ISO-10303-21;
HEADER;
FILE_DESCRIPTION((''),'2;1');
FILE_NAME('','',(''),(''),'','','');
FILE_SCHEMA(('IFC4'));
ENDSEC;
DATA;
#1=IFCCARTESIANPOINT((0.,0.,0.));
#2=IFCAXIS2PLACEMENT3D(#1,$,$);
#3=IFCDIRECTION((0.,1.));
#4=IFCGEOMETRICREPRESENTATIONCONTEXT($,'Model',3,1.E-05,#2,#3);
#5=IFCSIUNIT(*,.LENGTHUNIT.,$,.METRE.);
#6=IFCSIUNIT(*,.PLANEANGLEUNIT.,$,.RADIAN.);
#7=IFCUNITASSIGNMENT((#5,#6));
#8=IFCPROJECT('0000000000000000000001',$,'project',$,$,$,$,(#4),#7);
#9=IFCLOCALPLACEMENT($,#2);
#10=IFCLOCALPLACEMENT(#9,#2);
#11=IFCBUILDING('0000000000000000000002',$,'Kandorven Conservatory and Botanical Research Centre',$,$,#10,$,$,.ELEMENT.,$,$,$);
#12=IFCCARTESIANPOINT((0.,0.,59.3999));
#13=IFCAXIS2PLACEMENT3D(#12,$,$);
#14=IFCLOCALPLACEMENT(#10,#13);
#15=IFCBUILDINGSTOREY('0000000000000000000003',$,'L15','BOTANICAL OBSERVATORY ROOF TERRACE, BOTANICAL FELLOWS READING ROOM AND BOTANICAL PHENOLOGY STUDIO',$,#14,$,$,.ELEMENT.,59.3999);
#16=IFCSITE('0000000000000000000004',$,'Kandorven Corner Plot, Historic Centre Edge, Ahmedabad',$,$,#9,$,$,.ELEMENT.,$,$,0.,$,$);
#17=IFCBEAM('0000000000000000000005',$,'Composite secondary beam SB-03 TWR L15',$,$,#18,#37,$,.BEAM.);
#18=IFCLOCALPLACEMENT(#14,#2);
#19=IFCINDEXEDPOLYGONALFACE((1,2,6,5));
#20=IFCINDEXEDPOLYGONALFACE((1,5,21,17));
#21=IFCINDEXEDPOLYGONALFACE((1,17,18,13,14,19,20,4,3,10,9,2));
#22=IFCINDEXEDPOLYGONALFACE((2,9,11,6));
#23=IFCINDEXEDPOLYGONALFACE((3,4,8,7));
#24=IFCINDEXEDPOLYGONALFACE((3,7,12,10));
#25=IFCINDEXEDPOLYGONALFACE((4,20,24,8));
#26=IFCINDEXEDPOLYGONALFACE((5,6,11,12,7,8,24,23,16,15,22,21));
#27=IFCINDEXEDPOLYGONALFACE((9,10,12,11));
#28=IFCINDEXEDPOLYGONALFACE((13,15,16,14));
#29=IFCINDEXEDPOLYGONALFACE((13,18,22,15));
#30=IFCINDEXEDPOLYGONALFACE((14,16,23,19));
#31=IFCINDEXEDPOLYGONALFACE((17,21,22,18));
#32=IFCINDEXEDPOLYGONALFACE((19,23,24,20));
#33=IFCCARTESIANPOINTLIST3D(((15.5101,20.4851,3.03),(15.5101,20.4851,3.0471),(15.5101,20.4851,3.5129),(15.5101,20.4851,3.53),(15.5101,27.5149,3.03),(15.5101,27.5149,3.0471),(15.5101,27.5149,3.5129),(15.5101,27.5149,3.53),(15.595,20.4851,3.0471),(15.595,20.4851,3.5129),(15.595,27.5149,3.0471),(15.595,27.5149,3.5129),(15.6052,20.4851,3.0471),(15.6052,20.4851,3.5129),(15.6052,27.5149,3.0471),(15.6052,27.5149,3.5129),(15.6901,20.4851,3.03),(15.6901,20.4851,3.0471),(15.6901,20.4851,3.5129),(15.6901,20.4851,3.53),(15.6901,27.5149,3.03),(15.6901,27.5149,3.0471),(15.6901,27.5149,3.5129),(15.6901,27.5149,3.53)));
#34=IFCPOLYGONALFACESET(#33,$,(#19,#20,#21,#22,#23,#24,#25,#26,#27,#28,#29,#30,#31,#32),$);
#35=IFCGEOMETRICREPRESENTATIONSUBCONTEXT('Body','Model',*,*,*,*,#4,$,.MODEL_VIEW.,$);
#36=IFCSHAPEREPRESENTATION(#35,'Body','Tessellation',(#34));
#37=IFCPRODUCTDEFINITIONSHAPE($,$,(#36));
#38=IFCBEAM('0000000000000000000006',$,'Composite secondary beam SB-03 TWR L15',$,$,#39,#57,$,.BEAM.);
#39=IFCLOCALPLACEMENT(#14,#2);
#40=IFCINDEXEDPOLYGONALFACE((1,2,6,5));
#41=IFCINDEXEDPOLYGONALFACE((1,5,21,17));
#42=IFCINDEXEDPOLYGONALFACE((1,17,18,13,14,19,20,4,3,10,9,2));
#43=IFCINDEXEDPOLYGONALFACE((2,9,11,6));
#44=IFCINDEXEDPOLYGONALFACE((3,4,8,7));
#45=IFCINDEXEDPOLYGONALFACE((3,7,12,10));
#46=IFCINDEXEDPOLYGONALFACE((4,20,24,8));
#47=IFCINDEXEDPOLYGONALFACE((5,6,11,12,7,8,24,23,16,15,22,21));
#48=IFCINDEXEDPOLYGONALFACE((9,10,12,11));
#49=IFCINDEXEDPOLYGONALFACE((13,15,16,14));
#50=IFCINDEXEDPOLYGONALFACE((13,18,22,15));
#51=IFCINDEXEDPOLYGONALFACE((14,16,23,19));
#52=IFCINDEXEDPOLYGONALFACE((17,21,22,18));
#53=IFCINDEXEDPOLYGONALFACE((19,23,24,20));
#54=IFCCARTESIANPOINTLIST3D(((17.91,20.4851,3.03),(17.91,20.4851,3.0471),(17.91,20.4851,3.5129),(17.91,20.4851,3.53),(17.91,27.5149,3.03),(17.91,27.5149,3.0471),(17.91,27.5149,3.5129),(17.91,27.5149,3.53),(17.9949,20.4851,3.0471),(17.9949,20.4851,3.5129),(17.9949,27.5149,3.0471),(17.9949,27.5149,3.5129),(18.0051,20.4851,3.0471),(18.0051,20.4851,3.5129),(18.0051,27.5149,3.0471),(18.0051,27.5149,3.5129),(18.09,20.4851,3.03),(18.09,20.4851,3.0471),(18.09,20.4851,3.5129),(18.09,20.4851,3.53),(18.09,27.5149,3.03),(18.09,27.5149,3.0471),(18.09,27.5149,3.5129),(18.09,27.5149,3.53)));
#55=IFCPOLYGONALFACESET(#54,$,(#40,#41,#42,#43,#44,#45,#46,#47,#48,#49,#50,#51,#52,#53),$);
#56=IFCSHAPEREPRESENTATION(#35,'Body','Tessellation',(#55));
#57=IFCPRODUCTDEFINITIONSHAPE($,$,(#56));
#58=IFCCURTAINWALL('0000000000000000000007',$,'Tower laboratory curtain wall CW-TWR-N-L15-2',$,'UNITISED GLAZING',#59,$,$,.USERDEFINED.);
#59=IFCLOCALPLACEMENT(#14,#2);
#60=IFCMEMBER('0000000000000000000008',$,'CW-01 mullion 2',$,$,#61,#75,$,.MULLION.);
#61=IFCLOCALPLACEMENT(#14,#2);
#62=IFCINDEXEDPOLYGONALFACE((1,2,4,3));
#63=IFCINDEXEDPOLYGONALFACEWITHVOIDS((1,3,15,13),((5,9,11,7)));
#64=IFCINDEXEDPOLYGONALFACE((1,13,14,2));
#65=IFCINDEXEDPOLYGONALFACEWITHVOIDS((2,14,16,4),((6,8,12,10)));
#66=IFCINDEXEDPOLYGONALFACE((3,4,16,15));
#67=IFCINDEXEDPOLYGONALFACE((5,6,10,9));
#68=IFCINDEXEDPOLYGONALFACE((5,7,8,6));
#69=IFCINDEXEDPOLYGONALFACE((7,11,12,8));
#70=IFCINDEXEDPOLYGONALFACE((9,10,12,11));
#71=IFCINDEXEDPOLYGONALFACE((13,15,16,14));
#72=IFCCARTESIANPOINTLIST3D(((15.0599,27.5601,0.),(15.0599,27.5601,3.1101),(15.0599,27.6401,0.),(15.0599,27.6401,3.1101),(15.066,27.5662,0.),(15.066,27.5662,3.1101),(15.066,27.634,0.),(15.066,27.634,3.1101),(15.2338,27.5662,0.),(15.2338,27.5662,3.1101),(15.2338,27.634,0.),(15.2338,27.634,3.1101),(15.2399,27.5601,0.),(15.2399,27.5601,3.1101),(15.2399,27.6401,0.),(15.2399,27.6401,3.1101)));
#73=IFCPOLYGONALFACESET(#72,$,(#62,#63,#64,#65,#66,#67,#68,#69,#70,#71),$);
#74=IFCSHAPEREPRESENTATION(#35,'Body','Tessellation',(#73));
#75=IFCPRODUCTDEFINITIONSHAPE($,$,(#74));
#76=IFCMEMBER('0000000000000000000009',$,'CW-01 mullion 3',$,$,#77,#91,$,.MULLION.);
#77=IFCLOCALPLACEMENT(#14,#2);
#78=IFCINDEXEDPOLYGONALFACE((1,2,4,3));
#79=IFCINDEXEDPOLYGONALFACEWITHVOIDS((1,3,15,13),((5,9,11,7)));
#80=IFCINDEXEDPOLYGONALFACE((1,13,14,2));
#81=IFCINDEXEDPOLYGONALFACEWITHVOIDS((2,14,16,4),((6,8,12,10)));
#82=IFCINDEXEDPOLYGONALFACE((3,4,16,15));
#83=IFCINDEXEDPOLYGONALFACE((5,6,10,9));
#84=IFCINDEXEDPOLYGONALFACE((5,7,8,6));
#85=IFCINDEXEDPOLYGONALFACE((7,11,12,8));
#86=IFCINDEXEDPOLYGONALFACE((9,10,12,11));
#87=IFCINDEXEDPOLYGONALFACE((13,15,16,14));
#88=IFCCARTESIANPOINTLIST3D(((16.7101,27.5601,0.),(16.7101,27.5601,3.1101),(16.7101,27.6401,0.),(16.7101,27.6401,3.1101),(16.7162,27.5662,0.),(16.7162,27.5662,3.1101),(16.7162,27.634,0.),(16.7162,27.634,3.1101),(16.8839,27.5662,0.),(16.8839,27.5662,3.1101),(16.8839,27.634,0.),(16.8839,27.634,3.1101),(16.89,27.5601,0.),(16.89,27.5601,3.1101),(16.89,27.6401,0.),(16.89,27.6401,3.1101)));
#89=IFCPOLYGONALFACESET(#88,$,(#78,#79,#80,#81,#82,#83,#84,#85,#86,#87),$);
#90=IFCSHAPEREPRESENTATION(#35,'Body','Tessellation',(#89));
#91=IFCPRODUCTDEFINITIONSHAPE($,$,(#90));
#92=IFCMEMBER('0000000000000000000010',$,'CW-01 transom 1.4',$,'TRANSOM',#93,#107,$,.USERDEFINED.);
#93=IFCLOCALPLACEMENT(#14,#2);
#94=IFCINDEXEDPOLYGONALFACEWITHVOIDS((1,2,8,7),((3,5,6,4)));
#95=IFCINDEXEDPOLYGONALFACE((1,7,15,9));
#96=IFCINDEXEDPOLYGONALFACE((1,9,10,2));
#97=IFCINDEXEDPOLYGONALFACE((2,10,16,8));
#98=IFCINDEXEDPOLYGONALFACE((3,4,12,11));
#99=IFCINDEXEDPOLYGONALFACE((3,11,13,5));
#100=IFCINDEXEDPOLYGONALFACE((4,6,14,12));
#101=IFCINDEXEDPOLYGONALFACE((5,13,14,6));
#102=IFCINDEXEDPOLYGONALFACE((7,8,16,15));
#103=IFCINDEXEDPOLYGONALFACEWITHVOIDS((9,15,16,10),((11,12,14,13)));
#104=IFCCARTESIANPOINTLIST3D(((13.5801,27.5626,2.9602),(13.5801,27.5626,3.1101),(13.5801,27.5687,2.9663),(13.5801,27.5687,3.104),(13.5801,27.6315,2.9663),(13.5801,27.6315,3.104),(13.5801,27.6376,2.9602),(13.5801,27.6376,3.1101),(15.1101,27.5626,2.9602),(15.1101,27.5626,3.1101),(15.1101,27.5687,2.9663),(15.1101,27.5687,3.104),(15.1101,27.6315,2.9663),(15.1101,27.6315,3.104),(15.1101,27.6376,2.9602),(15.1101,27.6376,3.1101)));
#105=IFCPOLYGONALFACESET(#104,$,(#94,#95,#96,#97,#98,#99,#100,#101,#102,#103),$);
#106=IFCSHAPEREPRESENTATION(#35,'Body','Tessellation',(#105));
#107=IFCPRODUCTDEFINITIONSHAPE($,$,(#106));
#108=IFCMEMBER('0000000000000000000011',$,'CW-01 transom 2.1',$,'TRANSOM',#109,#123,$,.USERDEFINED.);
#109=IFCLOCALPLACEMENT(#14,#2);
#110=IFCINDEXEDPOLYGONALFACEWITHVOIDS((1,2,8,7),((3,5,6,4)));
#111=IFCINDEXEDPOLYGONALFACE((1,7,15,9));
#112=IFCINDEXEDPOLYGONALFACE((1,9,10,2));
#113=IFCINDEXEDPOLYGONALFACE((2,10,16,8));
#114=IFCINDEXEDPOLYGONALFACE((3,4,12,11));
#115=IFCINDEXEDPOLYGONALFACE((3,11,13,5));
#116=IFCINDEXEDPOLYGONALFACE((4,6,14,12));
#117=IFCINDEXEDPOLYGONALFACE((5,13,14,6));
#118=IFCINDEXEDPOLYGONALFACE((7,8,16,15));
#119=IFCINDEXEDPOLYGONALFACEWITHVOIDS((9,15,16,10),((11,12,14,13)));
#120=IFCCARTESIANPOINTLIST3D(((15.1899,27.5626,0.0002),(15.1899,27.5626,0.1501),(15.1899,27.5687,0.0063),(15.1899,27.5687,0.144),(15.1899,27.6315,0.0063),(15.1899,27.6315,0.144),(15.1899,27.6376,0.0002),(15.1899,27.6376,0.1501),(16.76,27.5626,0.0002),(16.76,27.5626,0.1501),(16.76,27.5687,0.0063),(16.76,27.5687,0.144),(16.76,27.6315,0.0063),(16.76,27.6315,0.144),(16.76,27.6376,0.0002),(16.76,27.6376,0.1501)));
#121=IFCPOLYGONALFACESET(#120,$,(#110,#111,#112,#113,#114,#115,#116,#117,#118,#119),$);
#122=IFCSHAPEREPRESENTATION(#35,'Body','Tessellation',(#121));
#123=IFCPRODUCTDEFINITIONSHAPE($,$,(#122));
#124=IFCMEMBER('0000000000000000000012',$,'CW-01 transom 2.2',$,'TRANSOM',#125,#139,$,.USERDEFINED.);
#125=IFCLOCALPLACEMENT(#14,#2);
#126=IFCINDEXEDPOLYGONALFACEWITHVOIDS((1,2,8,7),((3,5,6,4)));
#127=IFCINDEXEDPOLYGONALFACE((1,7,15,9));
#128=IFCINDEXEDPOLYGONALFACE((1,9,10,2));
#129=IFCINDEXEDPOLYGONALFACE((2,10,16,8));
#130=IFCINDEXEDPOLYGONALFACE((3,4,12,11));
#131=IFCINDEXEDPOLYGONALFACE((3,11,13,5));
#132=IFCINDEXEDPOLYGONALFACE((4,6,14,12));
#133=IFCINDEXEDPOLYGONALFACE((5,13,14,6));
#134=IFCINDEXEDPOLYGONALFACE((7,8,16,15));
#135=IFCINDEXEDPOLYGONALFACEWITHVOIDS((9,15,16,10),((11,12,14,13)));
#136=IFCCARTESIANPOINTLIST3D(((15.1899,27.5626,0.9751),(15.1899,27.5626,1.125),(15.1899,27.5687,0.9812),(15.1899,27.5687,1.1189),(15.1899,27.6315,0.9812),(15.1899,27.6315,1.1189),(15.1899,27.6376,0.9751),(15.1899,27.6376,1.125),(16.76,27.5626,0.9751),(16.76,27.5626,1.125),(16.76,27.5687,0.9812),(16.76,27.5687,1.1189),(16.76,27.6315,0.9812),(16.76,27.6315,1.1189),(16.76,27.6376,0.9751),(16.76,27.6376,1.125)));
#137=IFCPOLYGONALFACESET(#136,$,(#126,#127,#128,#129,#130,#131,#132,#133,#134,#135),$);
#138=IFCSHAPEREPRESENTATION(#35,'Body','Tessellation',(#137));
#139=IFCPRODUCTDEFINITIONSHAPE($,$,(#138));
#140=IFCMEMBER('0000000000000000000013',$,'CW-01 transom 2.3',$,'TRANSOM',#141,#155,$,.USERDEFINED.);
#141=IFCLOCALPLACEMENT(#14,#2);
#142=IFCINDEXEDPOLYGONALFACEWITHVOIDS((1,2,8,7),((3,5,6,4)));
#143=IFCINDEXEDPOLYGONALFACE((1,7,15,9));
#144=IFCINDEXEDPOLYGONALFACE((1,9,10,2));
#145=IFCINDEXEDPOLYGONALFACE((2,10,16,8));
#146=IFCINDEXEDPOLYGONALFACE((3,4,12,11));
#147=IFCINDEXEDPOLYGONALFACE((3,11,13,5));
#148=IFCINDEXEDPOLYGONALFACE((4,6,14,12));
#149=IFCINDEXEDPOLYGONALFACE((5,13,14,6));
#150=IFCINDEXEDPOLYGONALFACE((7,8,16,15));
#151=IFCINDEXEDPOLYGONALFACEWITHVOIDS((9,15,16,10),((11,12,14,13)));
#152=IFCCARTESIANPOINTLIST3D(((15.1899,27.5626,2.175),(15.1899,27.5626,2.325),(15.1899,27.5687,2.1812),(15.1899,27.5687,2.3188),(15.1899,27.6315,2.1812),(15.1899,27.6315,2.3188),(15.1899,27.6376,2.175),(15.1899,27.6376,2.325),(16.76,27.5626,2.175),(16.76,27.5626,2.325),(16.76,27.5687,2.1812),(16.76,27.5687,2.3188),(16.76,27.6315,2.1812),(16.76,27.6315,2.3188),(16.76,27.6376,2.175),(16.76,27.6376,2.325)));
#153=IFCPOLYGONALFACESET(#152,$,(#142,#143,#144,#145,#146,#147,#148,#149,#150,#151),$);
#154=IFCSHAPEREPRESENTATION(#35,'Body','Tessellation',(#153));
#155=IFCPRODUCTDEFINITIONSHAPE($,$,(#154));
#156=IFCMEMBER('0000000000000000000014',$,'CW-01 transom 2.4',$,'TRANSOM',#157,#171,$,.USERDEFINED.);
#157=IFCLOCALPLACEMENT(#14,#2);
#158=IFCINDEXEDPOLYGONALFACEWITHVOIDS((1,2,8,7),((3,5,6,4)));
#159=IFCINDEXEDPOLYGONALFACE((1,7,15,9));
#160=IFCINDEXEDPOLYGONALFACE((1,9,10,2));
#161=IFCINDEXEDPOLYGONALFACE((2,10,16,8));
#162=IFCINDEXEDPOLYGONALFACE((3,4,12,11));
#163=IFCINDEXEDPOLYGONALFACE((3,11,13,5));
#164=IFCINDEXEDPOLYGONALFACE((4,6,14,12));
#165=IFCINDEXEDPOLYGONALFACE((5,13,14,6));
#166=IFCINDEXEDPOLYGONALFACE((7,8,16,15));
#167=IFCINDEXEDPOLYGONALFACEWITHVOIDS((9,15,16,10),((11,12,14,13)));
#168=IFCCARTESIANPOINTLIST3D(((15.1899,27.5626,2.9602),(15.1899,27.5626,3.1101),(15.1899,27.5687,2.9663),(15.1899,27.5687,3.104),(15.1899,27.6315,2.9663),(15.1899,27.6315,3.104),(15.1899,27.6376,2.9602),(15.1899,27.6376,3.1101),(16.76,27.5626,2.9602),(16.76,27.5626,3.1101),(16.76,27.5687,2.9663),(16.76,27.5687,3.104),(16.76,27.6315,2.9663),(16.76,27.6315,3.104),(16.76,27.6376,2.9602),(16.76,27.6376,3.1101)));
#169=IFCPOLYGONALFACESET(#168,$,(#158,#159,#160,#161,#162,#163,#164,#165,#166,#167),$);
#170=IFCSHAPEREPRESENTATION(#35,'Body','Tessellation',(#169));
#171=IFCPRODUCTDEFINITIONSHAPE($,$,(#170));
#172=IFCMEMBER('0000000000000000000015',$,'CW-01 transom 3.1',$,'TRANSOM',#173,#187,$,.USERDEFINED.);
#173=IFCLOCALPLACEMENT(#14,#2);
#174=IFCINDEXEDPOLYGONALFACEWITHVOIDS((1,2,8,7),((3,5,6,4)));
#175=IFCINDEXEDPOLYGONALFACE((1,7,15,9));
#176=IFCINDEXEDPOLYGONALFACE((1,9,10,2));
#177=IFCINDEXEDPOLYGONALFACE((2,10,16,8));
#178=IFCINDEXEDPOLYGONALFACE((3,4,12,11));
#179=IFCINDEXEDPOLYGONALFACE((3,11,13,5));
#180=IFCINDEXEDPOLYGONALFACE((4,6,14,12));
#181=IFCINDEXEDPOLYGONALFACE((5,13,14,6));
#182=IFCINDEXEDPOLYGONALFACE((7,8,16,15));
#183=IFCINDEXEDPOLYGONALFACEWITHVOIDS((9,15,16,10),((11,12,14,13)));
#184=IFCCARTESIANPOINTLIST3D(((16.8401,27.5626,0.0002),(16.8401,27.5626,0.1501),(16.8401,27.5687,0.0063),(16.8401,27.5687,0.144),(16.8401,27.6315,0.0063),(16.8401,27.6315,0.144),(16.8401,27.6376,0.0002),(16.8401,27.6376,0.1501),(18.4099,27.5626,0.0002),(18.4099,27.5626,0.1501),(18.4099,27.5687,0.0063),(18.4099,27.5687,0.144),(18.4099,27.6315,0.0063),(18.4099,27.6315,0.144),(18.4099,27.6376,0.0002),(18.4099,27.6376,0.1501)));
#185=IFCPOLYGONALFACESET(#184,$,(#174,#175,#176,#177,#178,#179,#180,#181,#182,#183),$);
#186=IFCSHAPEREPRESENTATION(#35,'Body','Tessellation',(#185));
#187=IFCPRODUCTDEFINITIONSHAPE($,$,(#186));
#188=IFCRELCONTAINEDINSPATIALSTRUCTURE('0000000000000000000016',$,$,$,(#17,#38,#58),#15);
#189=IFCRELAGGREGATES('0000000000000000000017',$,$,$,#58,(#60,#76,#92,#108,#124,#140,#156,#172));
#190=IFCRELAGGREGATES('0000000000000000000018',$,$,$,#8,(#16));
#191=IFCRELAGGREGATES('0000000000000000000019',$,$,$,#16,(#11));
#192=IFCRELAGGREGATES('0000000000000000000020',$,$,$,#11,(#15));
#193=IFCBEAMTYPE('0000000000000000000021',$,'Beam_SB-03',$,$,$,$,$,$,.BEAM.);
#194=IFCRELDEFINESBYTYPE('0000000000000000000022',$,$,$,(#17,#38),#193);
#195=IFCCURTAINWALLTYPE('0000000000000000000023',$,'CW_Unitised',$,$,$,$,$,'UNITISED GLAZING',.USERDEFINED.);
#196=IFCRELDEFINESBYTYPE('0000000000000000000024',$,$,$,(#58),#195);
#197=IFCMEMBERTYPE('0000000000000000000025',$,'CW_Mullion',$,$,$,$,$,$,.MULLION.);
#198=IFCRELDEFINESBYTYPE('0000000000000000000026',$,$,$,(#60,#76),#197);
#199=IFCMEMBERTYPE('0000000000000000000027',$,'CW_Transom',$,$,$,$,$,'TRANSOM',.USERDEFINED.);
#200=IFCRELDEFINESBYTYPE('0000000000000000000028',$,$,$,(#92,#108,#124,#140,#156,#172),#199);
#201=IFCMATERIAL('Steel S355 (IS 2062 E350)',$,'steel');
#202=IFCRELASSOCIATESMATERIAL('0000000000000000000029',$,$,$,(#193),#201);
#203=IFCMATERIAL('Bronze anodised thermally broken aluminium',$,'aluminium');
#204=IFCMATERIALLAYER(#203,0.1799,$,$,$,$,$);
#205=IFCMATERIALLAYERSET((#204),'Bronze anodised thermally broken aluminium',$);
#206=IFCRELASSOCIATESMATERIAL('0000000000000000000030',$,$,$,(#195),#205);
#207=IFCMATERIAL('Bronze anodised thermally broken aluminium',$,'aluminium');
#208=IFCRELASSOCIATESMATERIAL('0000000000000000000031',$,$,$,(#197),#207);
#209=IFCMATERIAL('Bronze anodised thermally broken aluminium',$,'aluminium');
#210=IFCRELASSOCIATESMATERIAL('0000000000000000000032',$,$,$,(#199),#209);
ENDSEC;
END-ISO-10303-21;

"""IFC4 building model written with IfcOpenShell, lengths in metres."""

from ifc_helpers import new_model, si_unit, direction, frame, origin, origin_2d, place, context, subcontext, project, spatial, hollow_rectangle, i_section, extrude, material, layer, layer_set, material_profile, profile_set, type_object, element, aggregate, save


model = new_model("IFC4")

# Units and contexts
model_context = context("Model", 3, precision=1e-05, world=origin(), true_north=direction((0.0, 1.0)))
body_context = subcontext(model_context, "Body", "Model", "MODEL_VIEW")
ifc_project = project(units=[si_unit("LENGTHUNIT", "METRE"), si_unit("PLANEANGLEUNIT", "RADIAN")], contexts=[model_context])

# Site, building, storey
site_placement = place(None, origin())
site = spatial("IfcSite", under=ifc_project, at=site_placement, Name="Kandorven Corner Plot, Historic Centre Edge, Ahmedabad", CompositionType="ELEMENT", RefElevation=0.0)
building_placement = place(site_placement, origin())
building = spatial("IfcBuilding", under=site, at=building_placement, Name="Kandorven Conservatory and Botanical Research Centre", CompositionType="ELEMENT")
storey_placement = place(building_placement, frame((0.0, 0.0, 59.3999)))
storey = spatial("IfcBuildingStorey", under=building, at=storey_placement, Name="L15", Description="BOTANICAL OBSERVATORY ROOF TERRACE, BOTANICAL FELLOWS READING ROOM AND BOTANICAL PHENOLOGY STUDIO", CompositionType="ELEMENT", Elevation=59.3999)

# Beams
ifc_material_1 = material(Name="Steel S355 (IS 2062 E350)", Category="steel")
ifc_material_profile_1 = material_profile(ifc_material_1, i_section(OverallWidth=0.1799, OverallDepth=0.5, WebThickness=0.0103, FlangeThickness=0.0171, at=origin_2d()))
ifc_profile_set_1 = profile_set([ifc_material_profile_1], Name="Steel S355 (IS 2062 E350)")
beam_type = type_object("IfcBeamType", Name="Beam_SB-03", PredefinedType="BEAM", material=ifc_profile_set_1)
for number, where, z_axis, x_axis, name in (
    (1, (15.6001, 20.4851, 3.28), (0.0, 1.0, 0.0), (-1.0, 0.0, 0.0), "Composite secondary beam SB-03 TWR L15"),
    (2, (18.0, 20.4851, 3.28), (0.0, 1.0, 0.0), (-1.0, 0.0, 0.0), "Composite secondary beam SB-03 TWR L15"),
):
    element("IfcBeam", number, at=place(storey_placement, frame(where, z_axis=z_axis, x_axis=x_axis)), inside=storey, type_object=beam_type, Name=name, PredefinedType="BEAM", context=body_context, shape_type="SweptSolid", body=[
        extrude(i_section(OverallWidth=0.1799, OverallDepth=0.5, WebThickness=0.0103, FlangeThickness=0.0171, at=origin_2d()), origin(), (0.0, 0.0, 1.0), 7.0298),
    ])

# Curtain wall, members
ifc_material_2 = material(Name="Bronze anodised thermally broken aluminium", Category="aluminium")
ifc_layer_1 = layer(ifc_material_2, 0.1799)
ifc_layer_set_1 = layer_set([ifc_layer_1], Name="Bronze anodised thermally broken aluminium")
curtain_wall_type = type_object("IfcCurtainWallType", Name="CW_Unitised", ElementType="UNITISED GLAZING", PredefinedType="USERDEFINED", material=ifc_layer_set_1)
curtain_wall_placement = place(storey_placement, origin())
curtain_wall = element("IfcCurtainWall", 3, at=curtain_wall_placement, inside=storey, type_object=curtain_wall_type, Name="Tower laboratory curtain wall CW-TWR-N-L15-2", ObjectType="UNITISED GLAZING", PredefinedType="USERDEFINED")
ifc_material_3 = material(Name="Bronze anodised thermally broken aluminium", Category="aluminium")
ifc_material_profile_2 = material_profile(ifc_material_3, hollow_rectangle(XDim=0.0801, YDim=0.1799, WallThickness=0.0061, at=origin_2d()))
ifc_profile_set_2 = profile_set([ifc_material_profile_2], Name="Bronze anodised thermally broken aluminium")
member_type_1 = type_object("IfcMemberType", Name="CW_Mullion", PredefinedType="MULLION", material=ifc_profile_set_2)
member_1_placement = place(storey_placement, frame((15.1499, 27.6001, 0.0), z_axis=(0.0, 0.0, 1.0), x_axis=(0.0, 1.0, 0.0)))
member_1 = element("IfcMember", 4, at=member_1_placement, type_object=member_type_1, Name="CW-01 mullion 2", PredefinedType="MULLION", context=body_context, shape_type="SweptSolid", body=[
    extrude(hollow_rectangle(XDim=0.0801, YDim=0.1799, WallThickness=0.0061, at=origin_2d()), origin(), (0.0, 0.0, 1.0), 3.1101),
])
member_2_placement = place(storey_placement, frame((16.8, 27.6001, 0.0), z_axis=(0.0, 0.0, 1.0), x_axis=(0.0, 1.0, 0.0)))
member_2 = element("IfcMember", 5, at=member_2_placement, type_object=member_type_1, Name="CW-01 mullion 3", PredefinedType="MULLION", context=body_context, shape_type="SweptSolid", body=[
    extrude(hollow_rectangle(XDim=0.0801, YDim=0.1799, WallThickness=0.0061, at=origin_2d()), origin(), (0.0, 0.0, 1.0), 3.1101),
])
ifc_material_4 = material(Name="Bronze anodised thermally broken aluminium", Category="aluminium")
ifc_material_profile_3 = material_profile(ifc_material_4, hollow_rectangle(XDim=0.075, YDim=0.1499, WallThickness=0.0061, at=origin_2d()))
ifc_profile_set_3 = profile_set([ifc_material_profile_3], Name="Bronze anodised thermally broken aluminium")
member_type_2 = type_object("IfcMemberType", Name="CW_Transom", ElementType="TRANSOM", PredefinedType="USERDEFINED", material=ifc_profile_set_3)
member_3_placement = place(storey_placement, frame((13.5801, 27.6001, 3.0352), z_axis=(1.0, 0.0, 0.0), x_axis=(0.0, 1.0, 0.0)))
member_3 = element("IfcMember", 6, at=member_3_placement, type_object=member_type_2, Name="CW-01 transom 1.4", ObjectType="TRANSOM", PredefinedType="USERDEFINED", context=body_context, shape_type="SweptSolid", body=[
    extrude(hollow_rectangle(XDim=0.075, YDim=0.1499, WallThickness=0.0061, at=origin_2d()), origin(), (0.0, 0.0, 1.0), 1.53),
])
member_4_placement = place(storey_placement, frame((15.1899, 27.6001, 0.0752), z_axis=(1.0, 0.0, 0.0), x_axis=(0.0, 1.0, 0.0)))
member_4 = element("IfcMember", 7, at=member_4_placement, type_object=member_type_2, Name="CW-01 transom 2.1", ObjectType="TRANSOM", PredefinedType="USERDEFINED", context=body_context, shape_type="SweptSolid", body=[
    extrude(hollow_rectangle(XDim=0.075, YDim=0.1499, WallThickness=0.0061, at=origin_2d()), origin(), (0.0, 0.0, 1.0), 1.5701),
])
member_5_placement = place(storey_placement, frame((15.1899, 27.6001, 1.05), z_axis=(1.0, 0.0, 0.0), x_axis=(0.0, 1.0, 0.0)))
member_5 = element("IfcMember", 8, at=member_5_placement, type_object=member_type_2, Name="CW-01 transom 2.2", ObjectType="TRANSOM", PredefinedType="USERDEFINED", context=body_context, shape_type="SweptSolid", body=[
    extrude(hollow_rectangle(XDim=0.075, YDim=0.1499, WallThickness=0.0061, at=origin_2d()), origin(), (0.0, 0.0, 1.0), 1.5701),
])
member_6_placement = place(storey_placement, frame((15.1899, 27.6001, 2.25), z_axis=(1.0, 0.0, 0.0), x_axis=(0.0, 1.0, 0.0)))
member_6 = element("IfcMember", 9, at=member_6_placement, type_object=member_type_2, Name="CW-01 transom 2.3", ObjectType="TRANSOM", PredefinedType="USERDEFINED", context=body_context, shape_type="SweptSolid", body=[
    extrude(hollow_rectangle(XDim=0.075, YDim=0.1499, WallThickness=0.0061, at=origin_2d()), origin(), (0.0, 0.0, 1.0), 1.5701),
])
member_7_placement = place(storey_placement, frame((15.1899, 27.6001, 3.0352), z_axis=(1.0, 0.0, 0.0), x_axis=(0.0, 1.0, 0.0)))
member_7 = element("IfcMember", 10, at=member_7_placement, type_object=member_type_2, Name="CW-01 transom 2.4", ObjectType="TRANSOM", PredefinedType="USERDEFINED", context=body_context, shape_type="SweptSolid", body=[
    extrude(hollow_rectangle(XDim=0.075, YDim=0.1499, WallThickness=0.0061, at=origin_2d()), origin(), (0.0, 0.0, 1.0), 1.5701),
])
member_8_placement = place(storey_placement, frame((16.8401, 27.6001, 0.0752), z_axis=(1.0, 0.0, 0.0), x_axis=(0.0, 1.0, 0.0)))
member_8 = element("IfcMember", 11, at=member_8_placement, type_object=member_type_2, Name="CW-01 transom 3.1", ObjectType="TRANSOM", PredefinedType="USERDEFINED", context=body_context, shape_type="SweptSolid", body=[
    extrude(hollow_rectangle(XDim=0.075, YDim=0.1499, WallThickness=0.0061, at=origin_2d()), origin(), (0.0, 0.0, 1.0), 1.5698),
])
aggregate(curtain_wall, [member_1, member_2, member_3, member_4, member_5, member_6, member_7, member_8])

save(model, "model.ifc")
